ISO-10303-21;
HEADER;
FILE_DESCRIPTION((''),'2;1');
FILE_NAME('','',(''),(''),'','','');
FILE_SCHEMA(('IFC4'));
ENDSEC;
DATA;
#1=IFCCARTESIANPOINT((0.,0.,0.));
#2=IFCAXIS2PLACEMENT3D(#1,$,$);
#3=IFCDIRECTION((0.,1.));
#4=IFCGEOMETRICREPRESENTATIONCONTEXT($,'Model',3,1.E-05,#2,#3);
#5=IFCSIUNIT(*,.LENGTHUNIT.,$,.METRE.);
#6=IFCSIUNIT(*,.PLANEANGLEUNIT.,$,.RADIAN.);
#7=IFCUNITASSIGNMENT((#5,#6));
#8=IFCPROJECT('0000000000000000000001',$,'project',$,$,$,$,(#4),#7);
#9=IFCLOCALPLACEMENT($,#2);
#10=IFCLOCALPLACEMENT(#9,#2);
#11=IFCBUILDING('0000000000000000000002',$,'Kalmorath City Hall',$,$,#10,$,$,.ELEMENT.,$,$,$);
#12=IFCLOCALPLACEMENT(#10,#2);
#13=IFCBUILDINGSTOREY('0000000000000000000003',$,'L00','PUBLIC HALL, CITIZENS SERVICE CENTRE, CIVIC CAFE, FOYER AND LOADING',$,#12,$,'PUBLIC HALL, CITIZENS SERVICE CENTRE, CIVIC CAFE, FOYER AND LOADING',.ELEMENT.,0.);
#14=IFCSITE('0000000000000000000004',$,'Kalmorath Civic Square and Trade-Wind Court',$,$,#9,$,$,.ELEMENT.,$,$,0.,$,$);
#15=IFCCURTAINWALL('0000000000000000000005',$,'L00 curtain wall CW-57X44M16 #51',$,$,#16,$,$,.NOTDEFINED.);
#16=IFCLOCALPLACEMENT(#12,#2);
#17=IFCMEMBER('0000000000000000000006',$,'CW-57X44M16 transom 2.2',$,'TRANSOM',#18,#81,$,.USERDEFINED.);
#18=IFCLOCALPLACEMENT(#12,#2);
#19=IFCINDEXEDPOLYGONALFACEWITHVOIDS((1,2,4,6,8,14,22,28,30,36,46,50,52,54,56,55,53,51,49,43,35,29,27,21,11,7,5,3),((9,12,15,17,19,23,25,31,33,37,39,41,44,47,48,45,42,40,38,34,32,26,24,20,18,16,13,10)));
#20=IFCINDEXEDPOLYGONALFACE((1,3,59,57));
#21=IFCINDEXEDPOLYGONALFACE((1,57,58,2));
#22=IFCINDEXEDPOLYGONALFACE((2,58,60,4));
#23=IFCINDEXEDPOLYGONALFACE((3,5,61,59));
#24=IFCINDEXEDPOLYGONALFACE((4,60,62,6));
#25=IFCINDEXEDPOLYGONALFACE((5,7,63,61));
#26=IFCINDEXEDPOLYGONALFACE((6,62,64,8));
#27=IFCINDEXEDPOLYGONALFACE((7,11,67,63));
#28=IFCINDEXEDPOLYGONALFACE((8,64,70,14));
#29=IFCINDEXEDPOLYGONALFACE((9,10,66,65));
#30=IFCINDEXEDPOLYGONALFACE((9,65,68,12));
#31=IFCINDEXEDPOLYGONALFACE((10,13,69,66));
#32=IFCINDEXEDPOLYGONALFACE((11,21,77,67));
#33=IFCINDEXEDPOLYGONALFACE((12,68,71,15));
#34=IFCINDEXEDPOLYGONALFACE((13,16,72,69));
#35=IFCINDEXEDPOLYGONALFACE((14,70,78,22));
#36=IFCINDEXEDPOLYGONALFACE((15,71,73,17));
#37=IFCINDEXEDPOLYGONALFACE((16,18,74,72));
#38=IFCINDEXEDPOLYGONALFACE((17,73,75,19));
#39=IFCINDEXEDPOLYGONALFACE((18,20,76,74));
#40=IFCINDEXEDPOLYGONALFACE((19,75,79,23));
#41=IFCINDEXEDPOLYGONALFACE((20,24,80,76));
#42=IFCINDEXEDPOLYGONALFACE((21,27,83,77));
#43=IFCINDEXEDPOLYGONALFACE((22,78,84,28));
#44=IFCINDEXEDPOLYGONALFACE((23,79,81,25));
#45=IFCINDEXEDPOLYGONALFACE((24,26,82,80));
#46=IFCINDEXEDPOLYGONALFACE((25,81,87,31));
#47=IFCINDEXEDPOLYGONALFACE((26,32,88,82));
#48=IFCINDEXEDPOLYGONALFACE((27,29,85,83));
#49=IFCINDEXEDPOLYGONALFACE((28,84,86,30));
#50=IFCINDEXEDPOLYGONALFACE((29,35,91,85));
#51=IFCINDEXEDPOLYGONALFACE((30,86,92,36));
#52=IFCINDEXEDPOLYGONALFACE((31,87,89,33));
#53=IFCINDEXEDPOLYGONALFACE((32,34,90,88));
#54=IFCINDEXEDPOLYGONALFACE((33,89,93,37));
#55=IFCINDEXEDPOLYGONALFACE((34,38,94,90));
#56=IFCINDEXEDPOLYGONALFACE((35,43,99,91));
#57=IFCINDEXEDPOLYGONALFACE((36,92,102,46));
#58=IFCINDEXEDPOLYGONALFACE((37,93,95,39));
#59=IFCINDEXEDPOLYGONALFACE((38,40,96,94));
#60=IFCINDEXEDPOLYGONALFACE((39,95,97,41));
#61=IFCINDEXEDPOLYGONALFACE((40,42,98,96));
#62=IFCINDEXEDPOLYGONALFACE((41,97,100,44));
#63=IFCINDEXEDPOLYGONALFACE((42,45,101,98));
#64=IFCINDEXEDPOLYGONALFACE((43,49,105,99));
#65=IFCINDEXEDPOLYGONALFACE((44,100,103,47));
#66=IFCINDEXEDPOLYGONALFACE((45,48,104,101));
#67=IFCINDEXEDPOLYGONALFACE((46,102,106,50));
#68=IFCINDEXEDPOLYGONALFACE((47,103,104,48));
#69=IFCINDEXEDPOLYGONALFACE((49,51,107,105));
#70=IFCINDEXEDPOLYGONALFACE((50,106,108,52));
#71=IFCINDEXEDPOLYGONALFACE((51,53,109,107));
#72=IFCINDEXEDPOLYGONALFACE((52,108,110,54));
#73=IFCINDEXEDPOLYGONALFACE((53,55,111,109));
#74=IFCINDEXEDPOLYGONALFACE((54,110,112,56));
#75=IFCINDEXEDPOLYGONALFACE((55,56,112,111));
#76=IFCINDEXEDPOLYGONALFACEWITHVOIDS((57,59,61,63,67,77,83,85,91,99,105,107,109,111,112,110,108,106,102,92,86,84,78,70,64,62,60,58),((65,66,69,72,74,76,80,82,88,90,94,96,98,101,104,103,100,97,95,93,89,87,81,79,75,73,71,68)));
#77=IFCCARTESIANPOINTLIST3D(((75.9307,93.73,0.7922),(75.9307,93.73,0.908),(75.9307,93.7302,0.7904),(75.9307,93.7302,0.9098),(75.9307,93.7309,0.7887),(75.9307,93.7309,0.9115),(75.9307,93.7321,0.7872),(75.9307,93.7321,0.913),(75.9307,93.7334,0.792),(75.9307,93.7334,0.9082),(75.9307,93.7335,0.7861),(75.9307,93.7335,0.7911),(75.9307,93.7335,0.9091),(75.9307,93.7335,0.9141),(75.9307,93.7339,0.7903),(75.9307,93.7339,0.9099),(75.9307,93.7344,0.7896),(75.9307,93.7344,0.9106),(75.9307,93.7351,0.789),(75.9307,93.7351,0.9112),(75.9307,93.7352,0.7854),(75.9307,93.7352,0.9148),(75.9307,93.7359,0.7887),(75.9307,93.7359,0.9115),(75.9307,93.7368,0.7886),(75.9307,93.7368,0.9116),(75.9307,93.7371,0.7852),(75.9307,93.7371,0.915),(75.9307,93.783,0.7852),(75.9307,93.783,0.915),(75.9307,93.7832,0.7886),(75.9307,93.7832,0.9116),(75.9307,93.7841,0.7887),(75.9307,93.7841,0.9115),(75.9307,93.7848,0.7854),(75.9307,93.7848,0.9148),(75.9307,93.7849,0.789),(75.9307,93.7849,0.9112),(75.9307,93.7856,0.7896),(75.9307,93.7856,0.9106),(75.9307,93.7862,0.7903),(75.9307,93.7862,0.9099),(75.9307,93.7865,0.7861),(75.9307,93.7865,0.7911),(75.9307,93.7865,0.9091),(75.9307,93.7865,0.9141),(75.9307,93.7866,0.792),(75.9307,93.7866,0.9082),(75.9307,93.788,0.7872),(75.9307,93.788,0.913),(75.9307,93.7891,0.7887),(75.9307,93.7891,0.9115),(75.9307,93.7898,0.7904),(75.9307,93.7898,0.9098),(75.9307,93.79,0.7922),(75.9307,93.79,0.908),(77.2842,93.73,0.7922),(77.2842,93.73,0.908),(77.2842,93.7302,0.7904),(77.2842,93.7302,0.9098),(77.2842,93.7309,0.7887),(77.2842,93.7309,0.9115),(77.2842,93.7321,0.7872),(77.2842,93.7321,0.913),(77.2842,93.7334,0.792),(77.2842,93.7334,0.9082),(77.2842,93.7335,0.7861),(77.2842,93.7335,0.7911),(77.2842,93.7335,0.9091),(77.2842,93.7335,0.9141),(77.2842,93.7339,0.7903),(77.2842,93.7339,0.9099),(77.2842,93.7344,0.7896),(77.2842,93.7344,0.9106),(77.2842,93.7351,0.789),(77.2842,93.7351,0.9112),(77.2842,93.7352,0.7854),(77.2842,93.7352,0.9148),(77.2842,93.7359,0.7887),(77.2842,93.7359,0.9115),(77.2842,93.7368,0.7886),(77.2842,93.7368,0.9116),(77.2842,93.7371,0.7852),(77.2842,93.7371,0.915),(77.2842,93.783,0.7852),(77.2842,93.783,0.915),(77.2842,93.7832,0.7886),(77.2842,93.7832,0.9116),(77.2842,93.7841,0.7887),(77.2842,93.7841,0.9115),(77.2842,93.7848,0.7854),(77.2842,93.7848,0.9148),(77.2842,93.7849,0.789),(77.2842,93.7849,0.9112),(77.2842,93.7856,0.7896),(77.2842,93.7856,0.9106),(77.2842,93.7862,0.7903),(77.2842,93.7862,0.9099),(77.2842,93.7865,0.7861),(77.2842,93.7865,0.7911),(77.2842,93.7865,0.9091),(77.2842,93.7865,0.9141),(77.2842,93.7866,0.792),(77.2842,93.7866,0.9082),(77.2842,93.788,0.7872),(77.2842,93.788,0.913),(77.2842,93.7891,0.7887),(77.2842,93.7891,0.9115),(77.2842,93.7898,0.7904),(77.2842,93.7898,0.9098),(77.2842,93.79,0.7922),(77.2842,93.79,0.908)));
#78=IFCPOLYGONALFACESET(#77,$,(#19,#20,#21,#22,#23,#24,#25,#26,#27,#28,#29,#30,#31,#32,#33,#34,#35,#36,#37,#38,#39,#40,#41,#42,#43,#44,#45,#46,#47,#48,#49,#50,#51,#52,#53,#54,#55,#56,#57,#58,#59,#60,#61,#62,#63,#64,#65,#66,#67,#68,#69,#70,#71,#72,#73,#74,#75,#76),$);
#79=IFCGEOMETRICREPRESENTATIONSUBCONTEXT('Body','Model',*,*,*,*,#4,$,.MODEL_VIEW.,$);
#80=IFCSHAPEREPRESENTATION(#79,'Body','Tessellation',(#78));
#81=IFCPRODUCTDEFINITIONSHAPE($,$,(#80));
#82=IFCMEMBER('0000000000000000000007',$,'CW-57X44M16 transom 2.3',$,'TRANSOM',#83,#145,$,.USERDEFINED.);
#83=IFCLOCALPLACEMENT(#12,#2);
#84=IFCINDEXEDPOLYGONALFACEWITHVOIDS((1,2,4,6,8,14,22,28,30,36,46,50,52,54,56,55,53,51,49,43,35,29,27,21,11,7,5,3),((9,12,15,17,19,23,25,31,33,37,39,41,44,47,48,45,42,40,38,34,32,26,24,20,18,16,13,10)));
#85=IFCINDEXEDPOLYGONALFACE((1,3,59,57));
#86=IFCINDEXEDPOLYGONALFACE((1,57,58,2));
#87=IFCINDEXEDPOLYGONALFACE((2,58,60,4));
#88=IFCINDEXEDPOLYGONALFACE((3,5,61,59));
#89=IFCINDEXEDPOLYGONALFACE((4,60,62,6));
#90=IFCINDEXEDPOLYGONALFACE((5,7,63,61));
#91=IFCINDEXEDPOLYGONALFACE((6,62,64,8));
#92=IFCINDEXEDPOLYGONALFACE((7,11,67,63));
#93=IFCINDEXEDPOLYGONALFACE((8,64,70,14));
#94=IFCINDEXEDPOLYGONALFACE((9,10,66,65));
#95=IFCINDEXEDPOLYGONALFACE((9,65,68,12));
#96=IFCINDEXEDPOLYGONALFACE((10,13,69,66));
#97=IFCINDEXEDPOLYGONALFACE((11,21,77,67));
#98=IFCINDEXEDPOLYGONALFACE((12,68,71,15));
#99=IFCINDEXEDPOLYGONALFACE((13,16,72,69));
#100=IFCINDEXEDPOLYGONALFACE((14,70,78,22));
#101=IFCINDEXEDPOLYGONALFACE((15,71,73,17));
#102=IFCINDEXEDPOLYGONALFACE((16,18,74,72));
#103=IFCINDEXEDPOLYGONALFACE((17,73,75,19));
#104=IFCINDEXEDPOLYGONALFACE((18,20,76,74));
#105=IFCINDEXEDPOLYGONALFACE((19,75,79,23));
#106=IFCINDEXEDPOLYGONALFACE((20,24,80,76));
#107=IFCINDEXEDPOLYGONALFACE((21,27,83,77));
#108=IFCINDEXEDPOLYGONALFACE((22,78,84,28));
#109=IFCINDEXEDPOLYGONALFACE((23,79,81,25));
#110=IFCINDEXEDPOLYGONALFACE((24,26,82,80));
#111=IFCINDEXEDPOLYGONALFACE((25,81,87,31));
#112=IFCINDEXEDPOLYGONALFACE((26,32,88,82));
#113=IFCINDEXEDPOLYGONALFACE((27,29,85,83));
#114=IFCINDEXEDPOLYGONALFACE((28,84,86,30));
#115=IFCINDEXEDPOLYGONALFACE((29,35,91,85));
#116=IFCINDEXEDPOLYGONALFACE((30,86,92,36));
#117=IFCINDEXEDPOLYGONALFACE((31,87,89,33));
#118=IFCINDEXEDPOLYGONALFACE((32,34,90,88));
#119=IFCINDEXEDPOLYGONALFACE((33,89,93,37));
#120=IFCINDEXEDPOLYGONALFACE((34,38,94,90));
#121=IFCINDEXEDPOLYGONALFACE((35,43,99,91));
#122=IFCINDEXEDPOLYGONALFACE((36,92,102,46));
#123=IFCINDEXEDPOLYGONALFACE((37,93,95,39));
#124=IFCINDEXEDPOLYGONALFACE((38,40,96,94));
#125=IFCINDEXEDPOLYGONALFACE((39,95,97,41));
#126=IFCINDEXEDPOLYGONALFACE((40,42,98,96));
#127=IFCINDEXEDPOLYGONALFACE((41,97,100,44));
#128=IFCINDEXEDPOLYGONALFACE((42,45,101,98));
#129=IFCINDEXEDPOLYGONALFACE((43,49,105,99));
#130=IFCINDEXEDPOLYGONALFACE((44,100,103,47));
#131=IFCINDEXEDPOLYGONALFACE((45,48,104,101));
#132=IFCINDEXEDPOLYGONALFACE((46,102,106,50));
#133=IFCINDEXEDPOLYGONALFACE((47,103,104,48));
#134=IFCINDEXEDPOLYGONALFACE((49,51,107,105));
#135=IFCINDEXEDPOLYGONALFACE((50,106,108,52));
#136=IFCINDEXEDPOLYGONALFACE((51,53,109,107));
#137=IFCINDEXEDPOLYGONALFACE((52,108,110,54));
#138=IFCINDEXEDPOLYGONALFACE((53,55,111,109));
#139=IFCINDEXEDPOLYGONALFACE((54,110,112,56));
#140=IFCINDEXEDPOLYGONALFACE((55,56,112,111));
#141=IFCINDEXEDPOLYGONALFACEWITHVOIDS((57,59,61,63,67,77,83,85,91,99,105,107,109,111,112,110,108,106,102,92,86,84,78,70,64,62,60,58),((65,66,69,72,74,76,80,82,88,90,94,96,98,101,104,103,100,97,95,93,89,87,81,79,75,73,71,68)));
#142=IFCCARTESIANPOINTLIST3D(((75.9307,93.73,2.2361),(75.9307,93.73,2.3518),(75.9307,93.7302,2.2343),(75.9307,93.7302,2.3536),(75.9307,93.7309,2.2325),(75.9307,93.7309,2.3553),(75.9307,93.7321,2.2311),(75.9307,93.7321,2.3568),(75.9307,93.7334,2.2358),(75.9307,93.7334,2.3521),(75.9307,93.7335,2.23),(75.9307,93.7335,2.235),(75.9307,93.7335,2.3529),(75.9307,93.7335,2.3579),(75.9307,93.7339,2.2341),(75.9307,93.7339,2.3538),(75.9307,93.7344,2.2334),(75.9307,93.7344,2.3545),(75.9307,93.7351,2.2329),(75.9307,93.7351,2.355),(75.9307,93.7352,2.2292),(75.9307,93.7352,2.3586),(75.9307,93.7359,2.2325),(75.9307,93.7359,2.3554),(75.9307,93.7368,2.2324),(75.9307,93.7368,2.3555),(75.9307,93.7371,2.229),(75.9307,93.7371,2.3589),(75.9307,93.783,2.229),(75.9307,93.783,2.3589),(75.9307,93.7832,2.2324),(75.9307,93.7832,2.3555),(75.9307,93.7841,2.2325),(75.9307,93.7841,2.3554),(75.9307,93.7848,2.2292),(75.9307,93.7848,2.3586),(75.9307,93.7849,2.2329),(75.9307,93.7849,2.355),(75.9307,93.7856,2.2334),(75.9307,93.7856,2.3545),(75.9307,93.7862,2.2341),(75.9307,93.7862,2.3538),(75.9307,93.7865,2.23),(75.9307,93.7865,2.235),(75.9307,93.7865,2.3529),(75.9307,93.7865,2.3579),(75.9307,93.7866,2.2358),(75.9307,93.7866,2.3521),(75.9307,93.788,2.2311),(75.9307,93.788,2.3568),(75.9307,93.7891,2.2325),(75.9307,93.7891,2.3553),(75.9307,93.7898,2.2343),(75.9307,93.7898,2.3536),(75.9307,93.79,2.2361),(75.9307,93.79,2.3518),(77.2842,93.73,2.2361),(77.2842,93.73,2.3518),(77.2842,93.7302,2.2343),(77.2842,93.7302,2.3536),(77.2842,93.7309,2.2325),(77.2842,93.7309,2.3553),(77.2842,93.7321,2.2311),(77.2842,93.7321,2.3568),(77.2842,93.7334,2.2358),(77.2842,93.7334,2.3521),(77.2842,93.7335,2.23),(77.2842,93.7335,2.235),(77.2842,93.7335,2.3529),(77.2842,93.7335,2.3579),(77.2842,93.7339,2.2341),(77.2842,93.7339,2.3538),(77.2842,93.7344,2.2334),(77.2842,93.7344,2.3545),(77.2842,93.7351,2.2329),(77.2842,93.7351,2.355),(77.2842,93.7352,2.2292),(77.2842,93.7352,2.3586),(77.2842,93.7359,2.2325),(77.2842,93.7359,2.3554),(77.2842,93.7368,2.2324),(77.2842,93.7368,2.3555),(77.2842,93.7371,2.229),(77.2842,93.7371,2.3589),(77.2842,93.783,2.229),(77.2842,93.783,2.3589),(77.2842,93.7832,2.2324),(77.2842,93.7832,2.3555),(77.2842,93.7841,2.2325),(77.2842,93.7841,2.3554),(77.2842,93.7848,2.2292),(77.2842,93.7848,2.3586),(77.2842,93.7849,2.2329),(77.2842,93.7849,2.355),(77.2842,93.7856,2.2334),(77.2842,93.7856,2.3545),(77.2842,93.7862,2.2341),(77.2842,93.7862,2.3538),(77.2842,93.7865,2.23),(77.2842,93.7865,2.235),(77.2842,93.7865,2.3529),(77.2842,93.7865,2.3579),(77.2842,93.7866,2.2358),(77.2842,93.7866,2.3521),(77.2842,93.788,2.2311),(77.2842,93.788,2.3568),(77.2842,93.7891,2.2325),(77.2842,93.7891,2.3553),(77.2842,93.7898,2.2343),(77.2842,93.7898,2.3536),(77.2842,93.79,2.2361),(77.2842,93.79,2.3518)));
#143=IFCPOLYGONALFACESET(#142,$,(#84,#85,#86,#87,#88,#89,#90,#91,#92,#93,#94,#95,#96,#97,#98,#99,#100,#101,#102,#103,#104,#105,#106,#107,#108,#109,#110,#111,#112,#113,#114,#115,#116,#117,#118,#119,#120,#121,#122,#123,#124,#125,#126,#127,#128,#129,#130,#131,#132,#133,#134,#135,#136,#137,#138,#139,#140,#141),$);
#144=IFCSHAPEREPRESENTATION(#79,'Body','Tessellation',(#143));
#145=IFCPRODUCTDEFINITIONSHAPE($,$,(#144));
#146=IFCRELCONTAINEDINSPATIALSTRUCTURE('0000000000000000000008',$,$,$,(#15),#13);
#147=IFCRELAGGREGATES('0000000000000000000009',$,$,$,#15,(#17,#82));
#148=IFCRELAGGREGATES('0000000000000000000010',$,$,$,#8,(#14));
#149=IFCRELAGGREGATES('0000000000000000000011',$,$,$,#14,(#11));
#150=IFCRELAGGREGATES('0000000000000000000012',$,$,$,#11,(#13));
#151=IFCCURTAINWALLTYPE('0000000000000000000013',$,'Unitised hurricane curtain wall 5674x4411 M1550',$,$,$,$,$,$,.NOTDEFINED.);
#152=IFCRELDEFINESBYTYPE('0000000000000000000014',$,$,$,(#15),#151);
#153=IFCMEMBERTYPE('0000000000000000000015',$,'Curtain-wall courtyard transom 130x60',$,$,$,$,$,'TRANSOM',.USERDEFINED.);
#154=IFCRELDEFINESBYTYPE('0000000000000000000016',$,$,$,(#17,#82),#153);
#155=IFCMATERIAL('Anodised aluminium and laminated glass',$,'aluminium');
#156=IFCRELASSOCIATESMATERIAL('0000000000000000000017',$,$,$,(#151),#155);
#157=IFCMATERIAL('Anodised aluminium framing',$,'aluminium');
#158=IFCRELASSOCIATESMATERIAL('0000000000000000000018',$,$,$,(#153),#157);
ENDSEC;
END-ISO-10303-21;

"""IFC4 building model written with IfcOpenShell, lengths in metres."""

from ifc_helpers import new_model, si_unit, direction, frame, origin, origin_2d, place, context, subcontext, project, spatial, hollow_rectangle, extrude, material, material_profile, profile_set, type_object, element, aggregate, save


model = new_model("IFC4")

# Units and contexts
model_context = context("Model", 3, precision=1e-05, world=origin(), true_north=direction((0.0, 1.0)))
body_context = subcontext(model_context, "Body", "Model", "MODEL_VIEW")
ifc_project = project(units=[si_unit("LENGTHUNIT", "METRE"), si_unit("PLANEANGLEUNIT", "RADIAN")], contexts=[model_context])

# Site, building, storey
site_placement = place(None, origin())
site = spatial("IfcSite", under=ifc_project, at=site_placement, Name="Kalmorath Civic Square and Trade-Wind Court", CompositionType="ELEMENT", RefElevation=0.0)
building_placement = place(site_placement, origin())
building = spatial("IfcBuilding", under=site, at=building_placement, Name="Kalmorath City Hall", CompositionType="ELEMENT")
storey_placement = place(building_placement, origin())
storey = spatial("IfcBuildingStorey", under=building, at=storey_placement, Name="L00", Description="PUBLIC HALL, CITIZENS SERVICE CENTRE, CIVIC CAFE, FOYER AND LOADING", LongName="PUBLIC HALL, CITIZENS SERVICE CENTRE, CIVIC CAFE, FOYER AND LOADING", CompositionType="ELEMENT", Elevation=0.0)

# Curtain wall, members
ifc_material_1 = material(Name="Anodised aluminium and laminated glass", Category="aluminium")
curtain_wall_type = type_object("IfcCurtainWallType", Name="Unitised hurricane curtain wall 5674x4411 M1550", PredefinedType="NOTDEFINED", material=ifc_material_1)
curtain_wall_placement = place(storey_placement, origin())
curtain_wall = element("IfcCurtainWall", 1, at=curtain_wall_placement, inside=storey, type_object=curtain_wall_type, Name="L00 curtain wall CW-57X44M16 #51", PredefinedType="NOTDEFINED")
ifc_material_2 = material(Name="Anodised aluminium framing", Category="aluminium")
ifc_material_profile_1 = material_profile(ifc_material_2, hollow_rectangle(XDim=0.0601, YDim=0.1299, WallThickness=0.0034, InnerFilletRadius=0.0034, OuterFilletRadius=0.0071, at=origin_2d()), Name="ALU-TRN-130X60X3.5")
ifc_profile_set_1 = profile_set([ifc_material_profile_1], Name="Anodised aluminium framing")
member_type_1 = type_object("IfcMemberType", Name="Curtain-wall courtyard transom 130x60", ElementType="TRANSOM", PredefinedType="USERDEFINED", material=ifc_profile_set_1)
member_1_placement = place(storey_placement, frame((77.2842, 93.76, 0.8501), z_axis=(-1.0, 0.0, 0.0), x_axis=(0.0, -1.0, 0.0)))
member_1 = element("IfcMember", 2, at=member_1_placement, type_object=member_type_1, Name="CW-57X44M16 transom 2.2", ObjectType="TRANSOM", PredefinedType="USERDEFINED", context=body_context, shape_type="SweptSolid", body=[
    extrude(hollow_rectangle(XDim=0.0601, YDim=0.1299, WallThickness=0.0034, InnerFilletRadius=0.0034, OuterFilletRadius=0.0071, at=origin_2d()), origin(), (0.0, 0.0, 1.0), 1.3535),
])
member_2_placement = place(storey_placement, frame((77.2842, 93.76, 2.2939), z_axis=(-1.0, 0.0, 0.0), x_axis=(0.0, -1.0, 0.0)))
member_2 = element("IfcMember", 3, at=member_2_placement, type_object=member_type_1, Name="CW-57X44M16 transom 2.3", ObjectType="TRANSOM", PredefinedType="USERDEFINED", context=body_context, shape_type="SweptSolid", body=[
    extrude(hollow_rectangle(XDim=0.0601, YDim=0.1299, WallThickness=0.0034, InnerFilletRadius=0.0034, OuterFilletRadius=0.0071, at=origin_2d()), origin(), (0.0, 0.0, 1.0), 1.3535),
])

aggregate(curtain_wall, [member_1, member_2])

save(model, "model.ifc")
